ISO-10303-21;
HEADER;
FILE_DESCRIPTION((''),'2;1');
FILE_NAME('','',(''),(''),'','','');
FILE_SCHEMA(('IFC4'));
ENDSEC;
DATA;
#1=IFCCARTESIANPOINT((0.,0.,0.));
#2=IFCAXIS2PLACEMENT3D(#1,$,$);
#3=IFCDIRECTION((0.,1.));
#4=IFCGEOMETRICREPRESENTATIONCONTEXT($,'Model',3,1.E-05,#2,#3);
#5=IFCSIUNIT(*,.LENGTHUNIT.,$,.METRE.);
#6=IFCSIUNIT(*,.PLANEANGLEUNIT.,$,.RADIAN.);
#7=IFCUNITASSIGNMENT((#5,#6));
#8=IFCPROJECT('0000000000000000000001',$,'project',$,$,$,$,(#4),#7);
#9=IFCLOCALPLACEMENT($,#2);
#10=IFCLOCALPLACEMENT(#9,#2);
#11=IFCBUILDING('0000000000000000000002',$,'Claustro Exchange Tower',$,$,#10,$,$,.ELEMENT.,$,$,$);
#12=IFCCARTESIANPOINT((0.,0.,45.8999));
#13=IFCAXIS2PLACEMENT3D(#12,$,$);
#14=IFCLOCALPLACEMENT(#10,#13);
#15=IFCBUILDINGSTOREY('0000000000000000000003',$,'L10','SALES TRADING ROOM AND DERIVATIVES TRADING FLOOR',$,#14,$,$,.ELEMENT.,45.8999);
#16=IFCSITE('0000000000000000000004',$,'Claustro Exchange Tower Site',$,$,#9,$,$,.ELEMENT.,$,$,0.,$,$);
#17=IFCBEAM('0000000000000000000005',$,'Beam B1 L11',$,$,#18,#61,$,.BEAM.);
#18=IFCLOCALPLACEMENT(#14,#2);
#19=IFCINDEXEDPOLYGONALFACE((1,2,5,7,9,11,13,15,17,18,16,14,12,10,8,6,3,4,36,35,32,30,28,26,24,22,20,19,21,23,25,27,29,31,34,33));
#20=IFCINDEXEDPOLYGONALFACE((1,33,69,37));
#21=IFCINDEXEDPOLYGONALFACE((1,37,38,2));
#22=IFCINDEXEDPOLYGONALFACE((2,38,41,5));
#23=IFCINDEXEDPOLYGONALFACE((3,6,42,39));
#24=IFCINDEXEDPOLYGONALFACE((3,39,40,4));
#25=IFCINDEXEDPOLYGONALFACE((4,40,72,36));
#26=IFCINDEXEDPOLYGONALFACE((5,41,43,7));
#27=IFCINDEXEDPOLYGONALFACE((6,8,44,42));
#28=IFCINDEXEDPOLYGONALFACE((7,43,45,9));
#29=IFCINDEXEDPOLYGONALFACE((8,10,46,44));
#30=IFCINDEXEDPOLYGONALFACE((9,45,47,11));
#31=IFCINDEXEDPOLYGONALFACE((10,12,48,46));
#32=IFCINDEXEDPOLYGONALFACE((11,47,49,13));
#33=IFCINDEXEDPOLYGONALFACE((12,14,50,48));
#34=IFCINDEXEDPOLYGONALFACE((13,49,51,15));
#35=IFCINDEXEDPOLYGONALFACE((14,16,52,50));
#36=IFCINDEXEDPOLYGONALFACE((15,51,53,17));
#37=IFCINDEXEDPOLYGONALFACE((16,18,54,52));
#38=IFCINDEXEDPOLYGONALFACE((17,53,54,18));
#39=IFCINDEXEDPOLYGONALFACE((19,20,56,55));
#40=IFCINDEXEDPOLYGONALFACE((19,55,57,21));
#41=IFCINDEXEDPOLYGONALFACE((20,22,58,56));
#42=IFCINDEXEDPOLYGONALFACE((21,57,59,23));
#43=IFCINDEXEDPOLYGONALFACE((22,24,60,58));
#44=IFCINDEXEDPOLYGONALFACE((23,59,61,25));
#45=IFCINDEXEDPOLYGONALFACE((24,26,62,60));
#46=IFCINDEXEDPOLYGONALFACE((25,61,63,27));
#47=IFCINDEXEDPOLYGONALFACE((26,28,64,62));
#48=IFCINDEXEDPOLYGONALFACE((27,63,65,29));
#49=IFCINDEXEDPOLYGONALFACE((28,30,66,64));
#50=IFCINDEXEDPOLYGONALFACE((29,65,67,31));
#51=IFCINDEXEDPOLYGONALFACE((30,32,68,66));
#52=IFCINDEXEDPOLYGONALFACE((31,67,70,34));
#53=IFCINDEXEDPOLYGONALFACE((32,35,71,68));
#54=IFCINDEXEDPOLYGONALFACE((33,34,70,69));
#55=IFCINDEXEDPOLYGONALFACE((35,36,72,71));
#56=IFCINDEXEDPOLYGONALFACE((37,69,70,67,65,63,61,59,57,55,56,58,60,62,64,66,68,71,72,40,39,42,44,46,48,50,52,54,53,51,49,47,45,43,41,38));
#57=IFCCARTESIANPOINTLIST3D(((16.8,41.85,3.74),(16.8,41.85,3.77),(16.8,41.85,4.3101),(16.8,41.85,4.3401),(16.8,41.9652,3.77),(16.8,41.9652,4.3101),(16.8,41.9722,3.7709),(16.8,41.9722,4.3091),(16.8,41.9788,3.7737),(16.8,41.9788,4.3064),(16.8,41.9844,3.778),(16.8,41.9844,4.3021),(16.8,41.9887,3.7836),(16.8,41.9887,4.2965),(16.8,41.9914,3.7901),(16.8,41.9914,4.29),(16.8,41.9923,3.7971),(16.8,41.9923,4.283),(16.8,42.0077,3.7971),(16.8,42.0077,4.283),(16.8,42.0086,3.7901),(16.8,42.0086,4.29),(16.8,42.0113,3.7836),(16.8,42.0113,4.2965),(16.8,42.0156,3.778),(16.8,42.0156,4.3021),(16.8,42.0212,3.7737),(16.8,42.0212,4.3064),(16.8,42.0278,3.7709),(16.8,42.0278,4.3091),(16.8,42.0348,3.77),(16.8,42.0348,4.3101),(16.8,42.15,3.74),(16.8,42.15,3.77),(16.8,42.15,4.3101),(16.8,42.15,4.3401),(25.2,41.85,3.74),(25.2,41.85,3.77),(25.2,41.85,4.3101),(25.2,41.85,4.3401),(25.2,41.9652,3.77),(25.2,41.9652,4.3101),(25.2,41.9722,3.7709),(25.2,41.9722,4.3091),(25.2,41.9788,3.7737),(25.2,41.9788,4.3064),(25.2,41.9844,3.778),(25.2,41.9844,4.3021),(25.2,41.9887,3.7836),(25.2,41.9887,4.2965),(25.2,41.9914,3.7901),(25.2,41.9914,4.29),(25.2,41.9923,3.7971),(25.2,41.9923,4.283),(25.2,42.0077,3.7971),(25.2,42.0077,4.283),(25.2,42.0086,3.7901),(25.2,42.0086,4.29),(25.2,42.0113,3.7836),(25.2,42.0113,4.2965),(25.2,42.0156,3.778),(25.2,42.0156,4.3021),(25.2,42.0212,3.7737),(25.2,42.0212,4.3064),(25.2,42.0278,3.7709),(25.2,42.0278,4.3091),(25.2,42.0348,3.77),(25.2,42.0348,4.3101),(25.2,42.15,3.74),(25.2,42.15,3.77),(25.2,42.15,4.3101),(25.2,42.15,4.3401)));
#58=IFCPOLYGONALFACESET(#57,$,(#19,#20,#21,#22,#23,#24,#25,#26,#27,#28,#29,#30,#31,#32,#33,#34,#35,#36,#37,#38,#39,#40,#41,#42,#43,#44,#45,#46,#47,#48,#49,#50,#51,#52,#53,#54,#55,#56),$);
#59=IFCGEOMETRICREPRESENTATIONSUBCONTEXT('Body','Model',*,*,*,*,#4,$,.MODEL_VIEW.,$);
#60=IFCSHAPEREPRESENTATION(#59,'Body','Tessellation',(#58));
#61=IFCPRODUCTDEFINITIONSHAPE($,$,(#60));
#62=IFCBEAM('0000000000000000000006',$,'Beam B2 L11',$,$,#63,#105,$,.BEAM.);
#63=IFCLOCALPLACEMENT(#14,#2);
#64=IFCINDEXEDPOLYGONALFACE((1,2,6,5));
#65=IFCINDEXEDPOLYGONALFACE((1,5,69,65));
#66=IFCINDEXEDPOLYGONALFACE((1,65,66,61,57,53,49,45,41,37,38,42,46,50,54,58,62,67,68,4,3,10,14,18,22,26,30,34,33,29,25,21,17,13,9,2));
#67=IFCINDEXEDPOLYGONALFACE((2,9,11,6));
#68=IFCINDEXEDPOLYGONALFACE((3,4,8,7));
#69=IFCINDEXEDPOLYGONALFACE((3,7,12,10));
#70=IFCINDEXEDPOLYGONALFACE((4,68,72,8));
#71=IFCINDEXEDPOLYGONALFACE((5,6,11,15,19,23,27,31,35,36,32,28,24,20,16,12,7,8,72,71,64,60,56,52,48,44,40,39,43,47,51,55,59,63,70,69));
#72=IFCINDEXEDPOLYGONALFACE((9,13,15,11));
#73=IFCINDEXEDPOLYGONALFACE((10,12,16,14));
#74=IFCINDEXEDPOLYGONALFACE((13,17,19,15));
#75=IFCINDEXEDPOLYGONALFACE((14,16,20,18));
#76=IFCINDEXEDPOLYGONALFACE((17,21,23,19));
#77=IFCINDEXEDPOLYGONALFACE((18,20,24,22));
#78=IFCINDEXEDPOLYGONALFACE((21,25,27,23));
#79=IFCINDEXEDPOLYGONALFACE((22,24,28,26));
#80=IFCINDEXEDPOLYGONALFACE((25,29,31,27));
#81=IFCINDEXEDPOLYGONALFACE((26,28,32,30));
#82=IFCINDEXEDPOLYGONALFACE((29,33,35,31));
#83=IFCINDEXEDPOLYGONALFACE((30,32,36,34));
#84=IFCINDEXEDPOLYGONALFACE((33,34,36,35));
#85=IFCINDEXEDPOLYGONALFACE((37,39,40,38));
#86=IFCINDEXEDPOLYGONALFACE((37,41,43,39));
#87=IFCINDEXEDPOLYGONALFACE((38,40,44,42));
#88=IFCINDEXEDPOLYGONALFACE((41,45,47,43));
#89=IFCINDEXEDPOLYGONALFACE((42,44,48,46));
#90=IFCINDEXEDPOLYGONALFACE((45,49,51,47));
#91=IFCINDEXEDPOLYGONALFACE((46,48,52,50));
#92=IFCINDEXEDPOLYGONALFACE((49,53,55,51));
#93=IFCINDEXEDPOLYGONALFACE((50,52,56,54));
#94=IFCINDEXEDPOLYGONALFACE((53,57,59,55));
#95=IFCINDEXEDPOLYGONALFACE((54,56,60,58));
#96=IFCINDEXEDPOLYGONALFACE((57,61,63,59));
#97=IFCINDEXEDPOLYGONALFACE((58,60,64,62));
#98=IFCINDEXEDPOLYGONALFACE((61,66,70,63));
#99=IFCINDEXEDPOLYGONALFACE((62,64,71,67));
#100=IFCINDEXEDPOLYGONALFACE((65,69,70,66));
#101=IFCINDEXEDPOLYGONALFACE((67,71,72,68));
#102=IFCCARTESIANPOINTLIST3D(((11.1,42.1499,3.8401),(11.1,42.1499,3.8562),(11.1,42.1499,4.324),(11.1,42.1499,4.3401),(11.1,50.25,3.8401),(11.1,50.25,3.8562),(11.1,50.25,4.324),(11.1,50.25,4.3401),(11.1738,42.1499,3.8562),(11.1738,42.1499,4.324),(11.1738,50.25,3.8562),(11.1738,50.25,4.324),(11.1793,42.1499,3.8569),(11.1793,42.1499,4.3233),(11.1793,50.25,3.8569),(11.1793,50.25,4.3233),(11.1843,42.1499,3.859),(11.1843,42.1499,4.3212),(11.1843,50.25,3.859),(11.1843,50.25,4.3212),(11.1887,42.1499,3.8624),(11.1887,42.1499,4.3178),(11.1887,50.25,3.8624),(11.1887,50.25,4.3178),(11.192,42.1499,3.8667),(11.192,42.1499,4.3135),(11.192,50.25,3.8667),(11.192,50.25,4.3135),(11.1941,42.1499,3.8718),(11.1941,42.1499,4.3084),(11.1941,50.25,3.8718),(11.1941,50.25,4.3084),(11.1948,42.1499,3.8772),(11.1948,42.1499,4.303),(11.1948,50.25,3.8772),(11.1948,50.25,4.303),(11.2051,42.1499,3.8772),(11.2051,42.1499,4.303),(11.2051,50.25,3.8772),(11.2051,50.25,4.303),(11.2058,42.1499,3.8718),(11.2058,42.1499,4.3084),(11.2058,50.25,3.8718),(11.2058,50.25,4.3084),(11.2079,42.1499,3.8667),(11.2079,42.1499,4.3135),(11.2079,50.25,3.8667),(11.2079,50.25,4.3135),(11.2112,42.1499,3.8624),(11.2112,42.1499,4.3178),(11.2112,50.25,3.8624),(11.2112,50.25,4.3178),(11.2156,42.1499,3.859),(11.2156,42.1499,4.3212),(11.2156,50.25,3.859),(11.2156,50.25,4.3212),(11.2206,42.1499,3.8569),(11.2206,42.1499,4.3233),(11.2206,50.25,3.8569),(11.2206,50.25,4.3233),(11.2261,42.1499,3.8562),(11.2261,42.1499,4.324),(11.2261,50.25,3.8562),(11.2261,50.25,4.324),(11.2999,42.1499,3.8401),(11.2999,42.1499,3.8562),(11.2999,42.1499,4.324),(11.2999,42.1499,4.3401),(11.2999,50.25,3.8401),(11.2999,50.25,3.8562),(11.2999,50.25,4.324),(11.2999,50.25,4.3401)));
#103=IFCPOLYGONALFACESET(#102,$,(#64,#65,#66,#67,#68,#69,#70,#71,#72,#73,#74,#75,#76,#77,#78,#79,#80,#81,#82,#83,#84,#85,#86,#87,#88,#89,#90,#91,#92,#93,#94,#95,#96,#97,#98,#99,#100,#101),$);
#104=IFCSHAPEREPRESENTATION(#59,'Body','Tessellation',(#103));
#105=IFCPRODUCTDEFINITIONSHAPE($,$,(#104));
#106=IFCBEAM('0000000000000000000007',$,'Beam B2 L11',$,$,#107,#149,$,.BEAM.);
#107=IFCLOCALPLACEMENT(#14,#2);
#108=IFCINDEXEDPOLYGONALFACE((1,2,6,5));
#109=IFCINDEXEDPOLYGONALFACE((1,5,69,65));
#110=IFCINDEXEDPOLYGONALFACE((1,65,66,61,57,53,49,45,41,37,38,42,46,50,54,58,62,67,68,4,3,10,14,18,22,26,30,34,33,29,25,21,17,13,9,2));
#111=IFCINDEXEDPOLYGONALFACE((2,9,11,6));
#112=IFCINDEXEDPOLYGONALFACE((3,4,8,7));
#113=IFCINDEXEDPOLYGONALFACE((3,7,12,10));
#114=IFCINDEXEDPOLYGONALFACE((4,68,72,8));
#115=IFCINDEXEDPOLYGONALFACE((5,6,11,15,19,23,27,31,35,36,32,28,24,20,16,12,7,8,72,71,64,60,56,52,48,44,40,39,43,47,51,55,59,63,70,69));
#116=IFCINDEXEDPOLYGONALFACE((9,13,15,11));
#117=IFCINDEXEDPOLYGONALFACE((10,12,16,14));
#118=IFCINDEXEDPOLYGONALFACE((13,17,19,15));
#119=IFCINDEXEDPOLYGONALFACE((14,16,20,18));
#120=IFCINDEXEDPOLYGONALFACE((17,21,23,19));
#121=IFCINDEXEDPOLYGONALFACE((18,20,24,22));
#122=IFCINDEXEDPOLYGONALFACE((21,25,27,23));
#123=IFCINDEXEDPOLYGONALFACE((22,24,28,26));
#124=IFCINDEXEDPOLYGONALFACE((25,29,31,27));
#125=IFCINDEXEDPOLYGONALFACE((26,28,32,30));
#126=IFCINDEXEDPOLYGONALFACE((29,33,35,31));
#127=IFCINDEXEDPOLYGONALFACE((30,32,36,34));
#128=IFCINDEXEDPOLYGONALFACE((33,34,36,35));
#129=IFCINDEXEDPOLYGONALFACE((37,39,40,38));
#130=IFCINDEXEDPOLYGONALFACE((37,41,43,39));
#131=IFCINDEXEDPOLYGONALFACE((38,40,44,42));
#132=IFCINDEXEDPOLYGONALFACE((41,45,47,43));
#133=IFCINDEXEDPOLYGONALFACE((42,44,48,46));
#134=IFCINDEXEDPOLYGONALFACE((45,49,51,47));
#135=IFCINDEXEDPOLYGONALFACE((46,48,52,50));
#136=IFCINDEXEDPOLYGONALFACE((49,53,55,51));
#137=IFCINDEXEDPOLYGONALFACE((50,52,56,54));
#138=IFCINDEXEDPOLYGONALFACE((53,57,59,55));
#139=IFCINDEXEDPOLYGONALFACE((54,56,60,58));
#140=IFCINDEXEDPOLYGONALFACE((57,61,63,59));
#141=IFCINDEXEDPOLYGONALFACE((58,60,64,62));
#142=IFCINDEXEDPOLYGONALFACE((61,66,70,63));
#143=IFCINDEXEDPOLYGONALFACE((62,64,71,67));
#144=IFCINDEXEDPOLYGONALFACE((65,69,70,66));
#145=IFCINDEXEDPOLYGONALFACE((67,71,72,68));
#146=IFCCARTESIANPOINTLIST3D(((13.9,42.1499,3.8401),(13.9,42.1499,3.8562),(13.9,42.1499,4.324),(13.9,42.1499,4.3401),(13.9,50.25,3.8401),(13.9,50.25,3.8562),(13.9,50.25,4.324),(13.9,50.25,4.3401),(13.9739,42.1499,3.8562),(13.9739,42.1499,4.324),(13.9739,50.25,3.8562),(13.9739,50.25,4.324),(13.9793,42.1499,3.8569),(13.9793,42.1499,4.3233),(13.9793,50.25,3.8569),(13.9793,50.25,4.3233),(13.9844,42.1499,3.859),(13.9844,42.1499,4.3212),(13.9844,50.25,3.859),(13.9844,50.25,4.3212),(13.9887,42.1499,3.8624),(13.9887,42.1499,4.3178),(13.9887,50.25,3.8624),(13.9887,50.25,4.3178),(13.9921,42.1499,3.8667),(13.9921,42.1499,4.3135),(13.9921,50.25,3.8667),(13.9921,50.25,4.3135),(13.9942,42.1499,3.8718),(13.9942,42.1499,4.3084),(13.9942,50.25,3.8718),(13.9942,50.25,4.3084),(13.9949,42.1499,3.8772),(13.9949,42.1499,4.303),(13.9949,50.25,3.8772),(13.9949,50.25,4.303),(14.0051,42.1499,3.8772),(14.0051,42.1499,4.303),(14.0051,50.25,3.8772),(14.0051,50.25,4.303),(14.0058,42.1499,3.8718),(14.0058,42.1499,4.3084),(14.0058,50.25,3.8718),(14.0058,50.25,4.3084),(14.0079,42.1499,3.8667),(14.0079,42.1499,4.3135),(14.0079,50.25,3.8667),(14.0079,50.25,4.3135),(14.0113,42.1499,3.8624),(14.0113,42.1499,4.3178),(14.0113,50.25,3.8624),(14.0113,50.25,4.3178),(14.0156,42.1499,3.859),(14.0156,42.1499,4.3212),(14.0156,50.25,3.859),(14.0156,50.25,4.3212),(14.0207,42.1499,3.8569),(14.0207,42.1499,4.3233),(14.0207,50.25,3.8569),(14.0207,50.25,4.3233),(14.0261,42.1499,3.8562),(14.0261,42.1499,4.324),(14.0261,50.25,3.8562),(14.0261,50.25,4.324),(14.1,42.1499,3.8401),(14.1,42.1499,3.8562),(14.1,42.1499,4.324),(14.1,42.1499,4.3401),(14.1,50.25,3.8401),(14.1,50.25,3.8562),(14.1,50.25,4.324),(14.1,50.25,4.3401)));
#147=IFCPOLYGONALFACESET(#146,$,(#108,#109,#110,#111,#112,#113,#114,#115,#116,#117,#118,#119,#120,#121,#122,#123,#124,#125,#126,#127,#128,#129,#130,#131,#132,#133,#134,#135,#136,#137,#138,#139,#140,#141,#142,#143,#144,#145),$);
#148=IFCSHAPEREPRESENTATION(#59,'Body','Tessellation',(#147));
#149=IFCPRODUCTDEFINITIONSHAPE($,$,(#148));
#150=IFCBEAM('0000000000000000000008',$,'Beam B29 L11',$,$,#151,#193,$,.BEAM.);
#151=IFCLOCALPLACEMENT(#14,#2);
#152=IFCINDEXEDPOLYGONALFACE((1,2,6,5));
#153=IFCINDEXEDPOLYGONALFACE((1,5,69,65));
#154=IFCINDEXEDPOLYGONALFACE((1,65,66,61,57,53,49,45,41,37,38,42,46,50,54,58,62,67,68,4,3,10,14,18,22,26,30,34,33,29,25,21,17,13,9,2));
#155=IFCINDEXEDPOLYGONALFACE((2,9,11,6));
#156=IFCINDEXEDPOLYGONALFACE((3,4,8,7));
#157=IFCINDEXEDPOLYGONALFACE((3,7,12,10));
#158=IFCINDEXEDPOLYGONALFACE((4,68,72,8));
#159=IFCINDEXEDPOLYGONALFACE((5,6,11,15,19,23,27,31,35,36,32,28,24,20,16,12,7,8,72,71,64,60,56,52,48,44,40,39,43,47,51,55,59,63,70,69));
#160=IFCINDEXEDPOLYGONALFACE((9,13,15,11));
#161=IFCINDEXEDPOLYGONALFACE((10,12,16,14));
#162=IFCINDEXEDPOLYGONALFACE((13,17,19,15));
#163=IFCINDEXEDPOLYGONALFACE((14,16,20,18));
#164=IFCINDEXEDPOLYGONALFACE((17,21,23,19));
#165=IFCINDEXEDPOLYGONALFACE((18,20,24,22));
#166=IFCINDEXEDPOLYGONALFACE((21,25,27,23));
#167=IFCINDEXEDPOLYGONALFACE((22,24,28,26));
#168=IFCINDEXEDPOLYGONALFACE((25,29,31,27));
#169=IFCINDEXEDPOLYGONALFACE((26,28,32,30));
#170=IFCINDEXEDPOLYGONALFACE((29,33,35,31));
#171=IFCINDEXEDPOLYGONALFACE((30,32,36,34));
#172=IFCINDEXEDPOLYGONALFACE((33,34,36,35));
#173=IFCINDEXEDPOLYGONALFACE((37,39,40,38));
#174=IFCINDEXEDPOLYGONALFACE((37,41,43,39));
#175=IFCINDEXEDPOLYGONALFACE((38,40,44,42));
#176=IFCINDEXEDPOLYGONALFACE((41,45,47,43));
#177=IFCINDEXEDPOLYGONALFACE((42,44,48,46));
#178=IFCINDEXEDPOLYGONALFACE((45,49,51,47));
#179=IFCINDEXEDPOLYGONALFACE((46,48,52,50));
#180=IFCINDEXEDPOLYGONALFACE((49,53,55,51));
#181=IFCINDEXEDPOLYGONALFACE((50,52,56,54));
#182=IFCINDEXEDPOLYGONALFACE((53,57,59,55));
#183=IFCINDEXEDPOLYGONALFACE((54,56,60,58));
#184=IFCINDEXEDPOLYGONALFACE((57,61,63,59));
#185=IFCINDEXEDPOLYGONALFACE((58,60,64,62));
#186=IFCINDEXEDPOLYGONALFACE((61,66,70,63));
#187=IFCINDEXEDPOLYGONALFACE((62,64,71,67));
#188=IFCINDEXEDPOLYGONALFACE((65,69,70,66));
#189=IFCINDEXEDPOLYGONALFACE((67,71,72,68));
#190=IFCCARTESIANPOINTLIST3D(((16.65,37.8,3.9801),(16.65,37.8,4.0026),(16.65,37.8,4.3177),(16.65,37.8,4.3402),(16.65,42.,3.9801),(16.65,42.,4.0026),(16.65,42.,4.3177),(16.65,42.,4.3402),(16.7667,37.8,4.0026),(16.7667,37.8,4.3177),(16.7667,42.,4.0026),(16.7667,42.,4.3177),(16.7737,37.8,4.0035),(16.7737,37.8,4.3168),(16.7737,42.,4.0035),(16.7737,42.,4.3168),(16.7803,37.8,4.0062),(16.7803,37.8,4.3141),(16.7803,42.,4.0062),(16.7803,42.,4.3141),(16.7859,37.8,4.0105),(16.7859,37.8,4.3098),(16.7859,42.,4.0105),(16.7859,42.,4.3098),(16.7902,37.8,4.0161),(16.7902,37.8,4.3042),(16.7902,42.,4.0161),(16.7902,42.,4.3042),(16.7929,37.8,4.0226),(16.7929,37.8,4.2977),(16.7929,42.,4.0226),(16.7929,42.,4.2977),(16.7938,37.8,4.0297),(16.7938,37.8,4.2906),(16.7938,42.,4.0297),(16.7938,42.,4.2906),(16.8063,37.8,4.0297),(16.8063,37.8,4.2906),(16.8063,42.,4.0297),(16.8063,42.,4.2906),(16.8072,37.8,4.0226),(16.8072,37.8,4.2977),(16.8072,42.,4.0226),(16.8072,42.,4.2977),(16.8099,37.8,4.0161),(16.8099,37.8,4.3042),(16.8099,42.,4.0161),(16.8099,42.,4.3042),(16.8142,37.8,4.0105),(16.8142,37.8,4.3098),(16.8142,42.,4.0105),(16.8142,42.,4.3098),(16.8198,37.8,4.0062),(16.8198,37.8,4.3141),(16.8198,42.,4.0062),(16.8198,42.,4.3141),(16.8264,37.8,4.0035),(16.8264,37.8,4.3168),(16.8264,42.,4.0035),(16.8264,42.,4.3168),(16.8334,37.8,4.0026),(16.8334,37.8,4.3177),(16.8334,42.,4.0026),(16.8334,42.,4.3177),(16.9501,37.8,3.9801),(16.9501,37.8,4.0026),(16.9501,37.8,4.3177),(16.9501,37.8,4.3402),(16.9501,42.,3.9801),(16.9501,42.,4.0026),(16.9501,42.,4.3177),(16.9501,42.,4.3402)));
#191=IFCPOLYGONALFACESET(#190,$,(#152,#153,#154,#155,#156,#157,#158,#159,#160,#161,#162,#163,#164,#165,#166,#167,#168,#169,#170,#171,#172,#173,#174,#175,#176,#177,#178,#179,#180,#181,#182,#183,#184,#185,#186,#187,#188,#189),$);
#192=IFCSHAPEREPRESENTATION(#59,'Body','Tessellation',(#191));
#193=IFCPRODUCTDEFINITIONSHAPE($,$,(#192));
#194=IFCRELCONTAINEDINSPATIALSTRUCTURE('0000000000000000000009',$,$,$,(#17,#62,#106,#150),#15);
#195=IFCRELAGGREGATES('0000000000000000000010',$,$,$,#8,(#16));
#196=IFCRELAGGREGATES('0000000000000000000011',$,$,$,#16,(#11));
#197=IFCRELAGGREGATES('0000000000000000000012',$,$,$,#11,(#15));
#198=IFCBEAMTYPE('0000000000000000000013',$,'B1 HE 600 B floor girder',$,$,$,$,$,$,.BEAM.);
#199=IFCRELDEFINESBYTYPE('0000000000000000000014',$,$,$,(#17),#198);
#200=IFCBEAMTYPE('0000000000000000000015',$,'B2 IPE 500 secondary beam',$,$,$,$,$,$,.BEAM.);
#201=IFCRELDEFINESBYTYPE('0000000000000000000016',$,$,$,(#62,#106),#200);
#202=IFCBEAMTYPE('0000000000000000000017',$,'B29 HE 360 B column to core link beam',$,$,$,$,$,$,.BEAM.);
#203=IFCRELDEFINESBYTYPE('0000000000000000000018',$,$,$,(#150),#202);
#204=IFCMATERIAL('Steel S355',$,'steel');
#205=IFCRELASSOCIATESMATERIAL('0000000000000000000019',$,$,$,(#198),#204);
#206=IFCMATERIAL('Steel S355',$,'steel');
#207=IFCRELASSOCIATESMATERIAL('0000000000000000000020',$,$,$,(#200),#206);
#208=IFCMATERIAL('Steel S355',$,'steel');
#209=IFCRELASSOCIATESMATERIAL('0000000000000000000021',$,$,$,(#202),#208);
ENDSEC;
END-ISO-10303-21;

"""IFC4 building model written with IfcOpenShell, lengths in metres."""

from ifc_helpers import new_model, si_unit, direction, frame, origin, origin_2d, place, context, subcontext, project, spatial, i_section, extrude, material, material_profile, profile_set, type_object, element, save


model = new_model("IFC4")

# Units and contexts
model_context = context("Model", 3, precision=1e-05, world=origin(), true_north=direction((0.0, 1.0)))
body_context = subcontext(model_context, "Body", "Model", "MODEL_VIEW")
ifc_project = project(units=[si_unit("LENGTHUNIT", "METRE"), si_unit("PLANEANGLEUNIT", "RADIAN")], contexts=[model_context])

# Site, building, storey
site_placement = place(None, origin())
site = spatial("IfcSite", under=ifc_project, at=site_placement, Name="Claustro Exchange Tower Site", CompositionType="ELEMENT", RefElevation=0.0)
building_placement = place(site_placement, origin())
building = spatial("IfcBuilding", under=site, at=building_placement, Name="Claustro Exchange Tower", CompositionType="ELEMENT")
storey_placement = place(building_placement, frame((0.0, 0.0, 45.8999)))
storey = spatial("IfcBuildingStorey", under=building, at=storey_placement, Name="L10", Description="SALES TRADING ROOM AND DERIVATIVES TRADING FLOOR", CompositionType="ELEMENT", Elevation=45.8999)

# Beams
ifc_material_1 = material(Name="Steel S355", Category="steel")
ifc_material_profile_1 = material_profile(ifc_material_1, i_section(OverallWidth=0.3, OverallDepth=0.6001, WebThickness=0.0154, FlangeThickness=0.03, FilletRadius=0.0271, at=origin_2d()), Name="HE 600 B")
ifc_profile_set_1 = profile_set([ifc_material_profile_1], Name="Steel S355")
beam_type_1 = type_object("IfcBeamType", Name="B1 HE 600 B floor girder", PredefinedType="BEAM", material=ifc_profile_set_1)
beam_1_placement = place(storey_placement, frame((16.8, 42.0, 4.04), z_axis=(1.0, 0.0, 0.0), x_axis=(0.0, 1.0, 0.0)))
element("IfcBeam", 1, at=beam_1_placement, inside=storey, type_object=beam_type_1, Name="Beam B1 L11", PredefinedType="BEAM", context=body_context, shape_type="SweptSolid", body=[
    extrude(i_section(OverallWidth=0.3, OverallDepth=0.6001, WebThickness=0.0154, FlangeThickness=0.03, FilletRadius=0.0271, at=origin_2d()), origin(), (0.0, 0.0, 1.0), 8.3999),
])
ifc_material_2 = material(Name="Steel S355", Category="steel")
ifc_material_profile_2 = material_profile(ifc_material_2, i_section(OverallWidth=0.2, OverallDepth=0.5, WebThickness=0.0103, FlangeThickness=0.0161, FilletRadius=0.021, at=origin_2d()), Name="IPE 500")
ifc_profile_set_2 = profile_set([ifc_material_profile_2], Name="Steel S355")
beam_type_2 = type_object("IfcBeamType", Name="B2 IPE 500 secondary beam", PredefinedType="BEAM", material=ifc_profile_set_2)
for number, where, z_axis, x_axis, name in (
    (2, (11.2, 42.1499, 4.0901), (0.0, 1.0, 0.0), (-1.0, 0.0, 0.0), "Beam B2 L11"),
    (3, (14.0, 42.1499, 4.0901), (0.0, 1.0, 0.0), (-1.0, 0.0, 0.0), "Beam B2 L11"),
):
    element("IfcBeam", number, at=place(storey_placement, frame(where, z_axis=z_axis, x_axis=x_axis)), inside=storey, type_object=beam_type_2, Name=name, PredefinedType="BEAM", context=body_context, shape_type="SweptSolid", body=[
        extrude(i_section(OverallWidth=0.2, OverallDepth=0.5, WebThickness=0.0103, FlangeThickness=0.0161, FilletRadius=0.021, at=origin_2d()), origin(), (0.0, 0.0, 1.0), 8.1001),
    ])
ifc_material_3 = material(Name="Steel S355", Category="steel")
ifc_material_profile_3 = material_profile(ifc_material_3, i_section(OverallWidth=0.3, OverallDepth=0.3601, WebThickness=0.0125, FlangeThickness=0.0225, FilletRadius=0.0271, at=origin_2d()), Name="HE 360 B")
ifc_profile_set_3 = profile_set([ifc_material_profile_3], Name="Steel S355")
beam_type_3 = type_object("IfcBeamType", Name="B29 HE 360 B column to core link beam", PredefinedType="BEAM", material=ifc_profile_set_3)
beam_2_placement = place(storey_placement, frame((16.8, 37.8, 4.1602), z_axis=(0.0, 1.0, 0.0), x_axis=(-1.0, 0.0, 0.0)))
element("IfcBeam", 4, at=beam_2_placement, inside=storey, type_object=beam_type_3, Name="Beam B29 L11", PredefinedType="BEAM", context=body_context, shape_type="SweptSolid", body=[
    extrude(i_section(OverallWidth=0.3, OverallDepth=0.3601, WebThickness=0.0125, FlangeThickness=0.0225, FilletRadius=0.0271, at=origin_2d()), origin(), (0.0, 0.0, 1.0), 4.2),
])

save(model, "model.ifc")
